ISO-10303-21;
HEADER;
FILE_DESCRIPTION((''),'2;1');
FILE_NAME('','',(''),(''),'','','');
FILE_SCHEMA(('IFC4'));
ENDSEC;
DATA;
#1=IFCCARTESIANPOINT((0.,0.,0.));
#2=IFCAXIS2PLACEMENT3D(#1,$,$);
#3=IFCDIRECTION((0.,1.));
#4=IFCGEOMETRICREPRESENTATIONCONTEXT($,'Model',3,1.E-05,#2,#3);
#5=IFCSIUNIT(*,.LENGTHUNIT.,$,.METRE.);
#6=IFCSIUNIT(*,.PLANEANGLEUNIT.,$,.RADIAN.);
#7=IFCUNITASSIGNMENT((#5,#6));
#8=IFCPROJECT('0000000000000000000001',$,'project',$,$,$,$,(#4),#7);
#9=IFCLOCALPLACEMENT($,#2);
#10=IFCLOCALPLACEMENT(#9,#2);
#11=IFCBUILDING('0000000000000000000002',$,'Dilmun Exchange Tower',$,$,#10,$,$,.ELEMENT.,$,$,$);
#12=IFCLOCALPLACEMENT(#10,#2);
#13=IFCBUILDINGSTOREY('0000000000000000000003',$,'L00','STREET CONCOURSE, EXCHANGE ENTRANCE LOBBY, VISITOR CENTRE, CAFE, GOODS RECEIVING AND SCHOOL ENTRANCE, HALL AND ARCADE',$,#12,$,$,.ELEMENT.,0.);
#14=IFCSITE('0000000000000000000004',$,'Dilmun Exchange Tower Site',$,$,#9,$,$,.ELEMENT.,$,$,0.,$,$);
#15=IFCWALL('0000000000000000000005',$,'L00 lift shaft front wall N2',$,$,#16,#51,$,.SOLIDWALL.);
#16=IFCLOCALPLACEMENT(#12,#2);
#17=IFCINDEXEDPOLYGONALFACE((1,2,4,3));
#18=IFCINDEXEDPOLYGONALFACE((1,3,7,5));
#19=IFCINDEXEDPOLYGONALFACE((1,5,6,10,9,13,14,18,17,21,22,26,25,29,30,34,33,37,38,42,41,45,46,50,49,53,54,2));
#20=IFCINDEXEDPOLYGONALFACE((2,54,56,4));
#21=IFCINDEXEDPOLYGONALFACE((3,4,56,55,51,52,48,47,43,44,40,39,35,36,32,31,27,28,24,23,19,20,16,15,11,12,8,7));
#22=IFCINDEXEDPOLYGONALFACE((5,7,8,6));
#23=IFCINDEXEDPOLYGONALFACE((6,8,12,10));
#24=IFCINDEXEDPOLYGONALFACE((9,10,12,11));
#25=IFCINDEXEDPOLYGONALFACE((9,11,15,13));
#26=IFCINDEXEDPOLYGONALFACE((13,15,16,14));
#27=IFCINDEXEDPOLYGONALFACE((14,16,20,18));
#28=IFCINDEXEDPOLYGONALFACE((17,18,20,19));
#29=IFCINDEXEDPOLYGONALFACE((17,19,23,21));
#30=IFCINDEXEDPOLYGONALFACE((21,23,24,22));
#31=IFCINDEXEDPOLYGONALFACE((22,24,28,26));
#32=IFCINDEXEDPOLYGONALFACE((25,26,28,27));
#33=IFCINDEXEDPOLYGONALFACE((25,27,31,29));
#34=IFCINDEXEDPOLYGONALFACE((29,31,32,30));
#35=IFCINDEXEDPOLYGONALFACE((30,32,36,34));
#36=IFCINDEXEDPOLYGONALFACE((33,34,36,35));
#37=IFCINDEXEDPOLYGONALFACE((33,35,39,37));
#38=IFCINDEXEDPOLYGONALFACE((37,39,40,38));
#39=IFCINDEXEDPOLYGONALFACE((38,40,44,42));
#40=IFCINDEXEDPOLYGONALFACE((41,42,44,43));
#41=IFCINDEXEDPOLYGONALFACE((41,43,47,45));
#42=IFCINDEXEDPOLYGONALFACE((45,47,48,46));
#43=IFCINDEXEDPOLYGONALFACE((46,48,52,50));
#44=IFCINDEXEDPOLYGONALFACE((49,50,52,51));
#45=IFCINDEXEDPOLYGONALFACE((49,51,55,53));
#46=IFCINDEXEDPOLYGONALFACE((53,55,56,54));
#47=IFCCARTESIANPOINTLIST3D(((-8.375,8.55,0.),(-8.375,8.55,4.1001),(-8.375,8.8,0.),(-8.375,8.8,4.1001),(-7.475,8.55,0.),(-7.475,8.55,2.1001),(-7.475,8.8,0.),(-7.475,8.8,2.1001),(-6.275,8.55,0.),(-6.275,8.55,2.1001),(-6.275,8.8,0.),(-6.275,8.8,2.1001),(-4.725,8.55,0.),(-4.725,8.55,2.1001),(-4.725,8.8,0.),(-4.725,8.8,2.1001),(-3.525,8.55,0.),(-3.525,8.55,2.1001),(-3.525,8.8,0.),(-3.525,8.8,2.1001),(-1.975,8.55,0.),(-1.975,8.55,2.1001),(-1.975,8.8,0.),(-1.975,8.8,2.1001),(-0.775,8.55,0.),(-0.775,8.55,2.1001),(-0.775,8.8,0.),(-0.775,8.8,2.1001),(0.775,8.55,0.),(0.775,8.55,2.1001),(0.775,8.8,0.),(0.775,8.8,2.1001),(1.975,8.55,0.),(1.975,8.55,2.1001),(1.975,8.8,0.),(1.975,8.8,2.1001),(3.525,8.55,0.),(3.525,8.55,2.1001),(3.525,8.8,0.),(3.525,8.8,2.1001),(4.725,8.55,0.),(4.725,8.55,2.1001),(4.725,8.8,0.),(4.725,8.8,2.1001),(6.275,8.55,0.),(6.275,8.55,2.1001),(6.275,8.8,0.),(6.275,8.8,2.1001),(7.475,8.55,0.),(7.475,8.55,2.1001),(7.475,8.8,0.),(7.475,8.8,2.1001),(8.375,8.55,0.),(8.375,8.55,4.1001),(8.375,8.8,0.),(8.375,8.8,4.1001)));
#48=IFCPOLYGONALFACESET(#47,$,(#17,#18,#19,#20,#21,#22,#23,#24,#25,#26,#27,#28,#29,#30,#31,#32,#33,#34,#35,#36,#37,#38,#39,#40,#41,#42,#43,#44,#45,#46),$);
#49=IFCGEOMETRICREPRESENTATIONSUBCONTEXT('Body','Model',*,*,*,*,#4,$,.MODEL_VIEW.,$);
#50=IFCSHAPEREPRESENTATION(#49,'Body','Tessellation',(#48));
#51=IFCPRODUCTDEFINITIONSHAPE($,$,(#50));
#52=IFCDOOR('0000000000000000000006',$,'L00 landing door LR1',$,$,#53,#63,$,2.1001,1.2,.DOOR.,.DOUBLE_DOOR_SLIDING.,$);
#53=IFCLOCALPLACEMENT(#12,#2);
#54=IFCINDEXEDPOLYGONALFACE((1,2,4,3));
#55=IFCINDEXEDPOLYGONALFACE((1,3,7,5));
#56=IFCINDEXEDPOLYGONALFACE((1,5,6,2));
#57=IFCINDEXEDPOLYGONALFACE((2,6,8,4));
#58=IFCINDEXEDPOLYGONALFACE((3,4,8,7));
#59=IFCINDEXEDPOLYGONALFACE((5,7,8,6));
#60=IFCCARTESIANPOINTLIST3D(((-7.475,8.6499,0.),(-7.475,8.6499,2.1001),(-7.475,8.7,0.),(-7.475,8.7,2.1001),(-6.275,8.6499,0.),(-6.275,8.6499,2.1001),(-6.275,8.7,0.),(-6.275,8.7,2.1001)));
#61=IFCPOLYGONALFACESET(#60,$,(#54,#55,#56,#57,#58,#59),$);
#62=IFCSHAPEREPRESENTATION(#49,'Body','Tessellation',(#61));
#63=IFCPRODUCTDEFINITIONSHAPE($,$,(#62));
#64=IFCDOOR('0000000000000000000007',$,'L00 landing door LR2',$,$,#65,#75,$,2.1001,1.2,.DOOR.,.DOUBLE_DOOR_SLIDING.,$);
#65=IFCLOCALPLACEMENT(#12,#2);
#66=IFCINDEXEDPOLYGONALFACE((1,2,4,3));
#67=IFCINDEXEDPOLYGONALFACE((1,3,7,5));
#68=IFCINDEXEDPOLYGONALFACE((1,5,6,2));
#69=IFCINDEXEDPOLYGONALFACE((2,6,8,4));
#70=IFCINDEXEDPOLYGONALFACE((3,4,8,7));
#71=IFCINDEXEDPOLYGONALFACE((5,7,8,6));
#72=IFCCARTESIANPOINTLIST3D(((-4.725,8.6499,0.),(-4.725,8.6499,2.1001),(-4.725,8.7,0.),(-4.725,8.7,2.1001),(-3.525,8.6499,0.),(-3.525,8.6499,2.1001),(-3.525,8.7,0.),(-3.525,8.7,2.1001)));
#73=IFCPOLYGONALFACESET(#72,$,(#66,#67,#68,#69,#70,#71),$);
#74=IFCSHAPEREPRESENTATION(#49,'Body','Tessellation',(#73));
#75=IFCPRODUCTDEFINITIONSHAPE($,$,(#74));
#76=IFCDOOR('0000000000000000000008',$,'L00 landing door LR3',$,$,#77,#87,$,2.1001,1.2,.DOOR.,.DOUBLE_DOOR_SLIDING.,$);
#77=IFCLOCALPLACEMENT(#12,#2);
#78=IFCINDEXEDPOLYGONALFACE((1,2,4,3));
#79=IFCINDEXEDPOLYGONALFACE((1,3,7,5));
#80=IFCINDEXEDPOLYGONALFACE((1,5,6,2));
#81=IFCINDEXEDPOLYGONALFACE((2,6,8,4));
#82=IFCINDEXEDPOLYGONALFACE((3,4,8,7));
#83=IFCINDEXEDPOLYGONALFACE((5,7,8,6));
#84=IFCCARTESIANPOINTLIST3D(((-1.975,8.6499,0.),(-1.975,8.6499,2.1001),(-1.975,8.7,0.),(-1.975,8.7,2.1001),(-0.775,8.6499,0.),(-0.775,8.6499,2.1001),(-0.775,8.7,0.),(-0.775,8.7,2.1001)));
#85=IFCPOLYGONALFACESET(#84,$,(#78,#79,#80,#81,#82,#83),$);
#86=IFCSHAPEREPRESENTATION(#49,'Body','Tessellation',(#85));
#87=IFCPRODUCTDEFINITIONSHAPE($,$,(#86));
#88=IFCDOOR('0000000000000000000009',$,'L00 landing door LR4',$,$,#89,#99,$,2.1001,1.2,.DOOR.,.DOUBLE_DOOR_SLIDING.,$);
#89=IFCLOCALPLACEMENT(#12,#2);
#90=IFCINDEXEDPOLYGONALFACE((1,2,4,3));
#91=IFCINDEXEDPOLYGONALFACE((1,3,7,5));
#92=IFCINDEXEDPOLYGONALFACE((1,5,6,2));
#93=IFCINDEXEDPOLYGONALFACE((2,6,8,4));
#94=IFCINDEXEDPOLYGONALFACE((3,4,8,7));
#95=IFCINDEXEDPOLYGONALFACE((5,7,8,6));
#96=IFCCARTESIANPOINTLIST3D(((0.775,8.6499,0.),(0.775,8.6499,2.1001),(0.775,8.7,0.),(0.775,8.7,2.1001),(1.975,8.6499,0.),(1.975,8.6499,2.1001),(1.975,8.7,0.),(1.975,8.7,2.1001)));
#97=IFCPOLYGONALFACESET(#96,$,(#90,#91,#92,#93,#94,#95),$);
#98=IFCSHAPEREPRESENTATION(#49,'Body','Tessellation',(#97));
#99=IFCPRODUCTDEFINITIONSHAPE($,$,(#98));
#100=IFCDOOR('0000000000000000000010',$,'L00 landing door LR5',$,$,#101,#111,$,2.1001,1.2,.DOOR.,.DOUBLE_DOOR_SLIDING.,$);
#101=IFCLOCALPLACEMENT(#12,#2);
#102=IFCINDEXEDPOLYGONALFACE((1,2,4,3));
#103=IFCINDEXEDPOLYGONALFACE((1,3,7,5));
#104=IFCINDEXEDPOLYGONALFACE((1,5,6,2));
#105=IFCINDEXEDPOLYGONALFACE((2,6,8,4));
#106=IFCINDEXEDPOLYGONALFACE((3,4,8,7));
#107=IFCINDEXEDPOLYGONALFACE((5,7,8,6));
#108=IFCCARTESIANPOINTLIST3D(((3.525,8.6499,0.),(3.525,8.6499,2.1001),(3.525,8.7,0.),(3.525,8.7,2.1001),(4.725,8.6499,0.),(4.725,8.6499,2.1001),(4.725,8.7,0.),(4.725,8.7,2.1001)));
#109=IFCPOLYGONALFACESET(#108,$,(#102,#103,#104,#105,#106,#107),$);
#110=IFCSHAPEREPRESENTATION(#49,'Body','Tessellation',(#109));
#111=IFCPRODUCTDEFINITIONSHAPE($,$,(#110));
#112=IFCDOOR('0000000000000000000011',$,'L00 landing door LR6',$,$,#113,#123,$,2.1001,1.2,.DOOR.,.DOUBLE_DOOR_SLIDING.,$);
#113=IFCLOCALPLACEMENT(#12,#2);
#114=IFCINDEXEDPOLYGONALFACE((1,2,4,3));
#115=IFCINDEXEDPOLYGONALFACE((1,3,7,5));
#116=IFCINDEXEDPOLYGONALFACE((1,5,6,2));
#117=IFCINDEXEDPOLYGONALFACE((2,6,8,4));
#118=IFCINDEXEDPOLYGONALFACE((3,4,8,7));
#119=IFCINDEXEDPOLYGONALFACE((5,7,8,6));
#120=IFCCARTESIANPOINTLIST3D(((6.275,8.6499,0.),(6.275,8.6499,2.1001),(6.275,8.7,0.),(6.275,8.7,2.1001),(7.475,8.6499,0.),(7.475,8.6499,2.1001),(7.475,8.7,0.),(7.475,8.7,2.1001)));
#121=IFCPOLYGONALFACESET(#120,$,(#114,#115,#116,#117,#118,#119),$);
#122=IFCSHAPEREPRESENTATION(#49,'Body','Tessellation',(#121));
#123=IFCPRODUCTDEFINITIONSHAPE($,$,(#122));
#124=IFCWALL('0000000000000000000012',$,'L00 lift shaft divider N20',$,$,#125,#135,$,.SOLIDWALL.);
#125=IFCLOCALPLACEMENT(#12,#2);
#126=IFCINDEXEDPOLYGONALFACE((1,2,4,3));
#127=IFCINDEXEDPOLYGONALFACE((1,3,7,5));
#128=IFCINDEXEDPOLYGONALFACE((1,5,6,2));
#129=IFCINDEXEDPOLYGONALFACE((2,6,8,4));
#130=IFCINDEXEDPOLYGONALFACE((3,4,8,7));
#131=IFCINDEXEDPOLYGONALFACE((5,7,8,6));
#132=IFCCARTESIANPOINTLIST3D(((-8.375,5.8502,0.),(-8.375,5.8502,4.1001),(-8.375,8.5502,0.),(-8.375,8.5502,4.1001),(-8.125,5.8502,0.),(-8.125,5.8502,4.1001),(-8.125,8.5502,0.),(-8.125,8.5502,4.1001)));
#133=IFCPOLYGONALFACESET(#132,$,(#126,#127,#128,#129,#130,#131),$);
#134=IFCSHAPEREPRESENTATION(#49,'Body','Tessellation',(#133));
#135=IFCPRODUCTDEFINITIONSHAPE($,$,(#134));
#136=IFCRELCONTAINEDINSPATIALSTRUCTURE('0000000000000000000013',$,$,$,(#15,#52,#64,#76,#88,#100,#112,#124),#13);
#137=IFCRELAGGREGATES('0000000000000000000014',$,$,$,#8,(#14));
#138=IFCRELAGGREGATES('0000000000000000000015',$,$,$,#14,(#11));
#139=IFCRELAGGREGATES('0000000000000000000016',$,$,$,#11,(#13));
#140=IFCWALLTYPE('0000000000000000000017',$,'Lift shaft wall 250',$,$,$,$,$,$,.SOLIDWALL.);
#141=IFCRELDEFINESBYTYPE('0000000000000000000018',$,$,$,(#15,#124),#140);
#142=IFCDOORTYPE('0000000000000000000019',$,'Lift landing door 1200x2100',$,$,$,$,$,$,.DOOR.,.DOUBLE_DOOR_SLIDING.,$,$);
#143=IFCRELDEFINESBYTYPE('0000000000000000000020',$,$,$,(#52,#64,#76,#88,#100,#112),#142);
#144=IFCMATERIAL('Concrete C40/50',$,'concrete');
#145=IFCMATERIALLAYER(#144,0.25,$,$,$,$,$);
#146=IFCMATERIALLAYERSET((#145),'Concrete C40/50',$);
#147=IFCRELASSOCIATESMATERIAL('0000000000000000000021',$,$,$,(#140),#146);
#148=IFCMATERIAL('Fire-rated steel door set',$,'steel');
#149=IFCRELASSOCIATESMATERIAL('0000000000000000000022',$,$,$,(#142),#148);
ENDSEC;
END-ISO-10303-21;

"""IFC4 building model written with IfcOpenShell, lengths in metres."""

from ifc_helpers import new_model, si_unit, direction, frame, frame_2d, origin, place, context, subcontext, project, spatial, rectangle, extrude, material, layer, layer_set, type_object, element, fill, save


model = new_model("IFC4")

# Units and contexts
model_context = context("Model", 3, precision=1e-05, world=origin(), true_north=direction((0.0, 1.0)))
body_context = subcontext(model_context, "Body", "Model", "MODEL_VIEW")
ifc_project = project(units=[si_unit("LENGTHUNIT", "METRE"), si_unit("PLANEANGLEUNIT", "RADIAN")], contexts=[model_context])

# Site, building, storey
site_placement = place(None, origin())
site = spatial("IfcSite", under=ifc_project, at=site_placement, Name="Dilmun Exchange Tower Site", CompositionType="ELEMENT", RefElevation=0.0)
building_placement = place(site_placement, origin())
building = spatial("IfcBuilding", under=site, at=building_placement, Name="Dilmun Exchange Tower", CompositionType="ELEMENT")
storey_placement = place(building_placement, origin())
storey = spatial("IfcBuildingStorey", under=building, at=storey_placement, Name="L00", Description="STREET CONCOURSE, EXCHANGE ENTRANCE LOBBY, VISITOR CENTRE, CAFE, GOODS RECEIVING AND SCHOOL ENTRANCE, HALL AND ARCADE", CompositionType="ELEMENT", Elevation=0.0)

# Shared definitions
ifc_material_1 = material(Name="Concrete C40/50", Category="concrete")

# Shared definitions
ifc_material_2 = material(Name="Fire-rated steel door set", Category="steel")

# Wall, openings, doors
ifc_layer_1 = layer(ifc_material_1, 0.25)
ifc_layer_set_1 = layer_set([ifc_layer_1], Name="Concrete C40/50")
wall_type_1 = type_object("IfcWallType", Name="Lift shaft wall 250", PredefinedType="SOLIDWALL", material=ifc_layer_set_1)
wall_1_placement = place(storey_placement, frame((-8.375, 8.675, 0.0), z_axis=(0.0, 0.0, 1.0), x_axis=(1.0, 0.0, 0.0)))
wall_1 = element("IfcWall", 1, at=wall_1_placement, inside=storey, type_object=wall_type_1, Name="L00 lift shaft front wall N2", PredefinedType="SOLIDWALL", context=body_context, shape_type="SweptSolid", body=[
    extrude(rectangle(XDim=16.75, YDim=0.25, at=frame_2d((8.375, 0.0))), origin(), (0.0, 0.0, 1.0), 4.1001),
])
opening_1_placement = place(wall_1_placement, frame((0.8999, 0.0, 0.0)))
opening_1 = element("IfcOpeningElement", 2, at=opening_1_placement, cuts=wall_1, PredefinedType="OPENING", context=body_context, shape_type="SweptSolid", body=[
    extrude(rectangle(XDim=1.2, YDim=2.1001, at=frame_2d((0.6001, 1.05))), frame((0.0, 0.135, 0.0), z_axis=(0.0, -1.0, 0.0), x_axis=(1.0, 0.0, 0.0)), (0.0, 0.0, 1.0), 0.27),
])
opening_2_placement = place(wall_1_placement, frame((3.6499, 0.0, 0.0)))
opening_2 = element("IfcOpeningElement", 3, at=opening_2_placement, cuts=wall_1, PredefinedType="OPENING", context=body_context, shape_type="SweptSolid", body=[
    extrude(rectangle(XDim=1.2, YDim=2.1001, at=frame_2d((0.6001, 1.05))), frame((0.0, 0.135, 0.0), z_axis=(0.0, -1.0, 0.0), x_axis=(1.0, 0.0, 0.0)), (0.0, 0.0, 1.0), 0.27),
])
opening_3_placement = place(wall_1_placement, frame((6.3999, 0.0, 0.0)))
opening_3 = element("IfcOpeningElement", 4, at=opening_3_placement, cuts=wall_1, PredefinedType="OPENING", context=body_context, shape_type="SweptSolid", body=[
    extrude(rectangle(XDim=1.2, YDim=2.1001, at=frame_2d((0.6001, 1.05))), frame((0.0, 0.135, 0.0), z_axis=(0.0, -1.0, 0.0), x_axis=(1.0, 0.0, 0.0)), (0.0, 0.0, 1.0), 0.27),
])
opening_4_placement = place(wall_1_placement, frame((9.1499, 0.0, 0.0)))
opening_4 = element("IfcOpeningElement", 5, at=opening_4_placement, cuts=wall_1, PredefinedType="OPENING", context=body_context, shape_type="SweptSolid", body=[
    extrude(rectangle(XDim=1.2, YDim=2.1001, at=frame_2d((0.6001, 1.05))), frame((0.0, 0.135, 0.0), z_axis=(0.0, -1.0, 0.0), x_axis=(1.0, 0.0, 0.0)), (0.0, 0.0, 1.0), 0.27),
])
opening_5_placement = place(wall_1_placement, frame((11.8999, 0.0, 0.0)))
opening_5 = element("IfcOpeningElement", 6, at=opening_5_placement, cuts=wall_1, PredefinedType="OPENING", context=body_context, shape_type="SweptSolid", body=[
    extrude(rectangle(XDim=1.2, YDim=2.1001, at=frame_2d((0.6001, 1.05))), frame((0.0, 0.135, 0.0), z_axis=(0.0, -1.0, 0.0), x_axis=(1.0, 0.0, 0.0)), (0.0, 0.0, 1.0), 0.27),
])
opening_6_placement = place(wall_1_placement, frame((14.6499, 0.0, 0.0)))
opening_6 = element("IfcOpeningElement", 7, at=opening_6_placement, cuts=wall_1, PredefinedType="OPENING", context=body_context, shape_type="SweptSolid", body=[
    extrude(rectangle(XDim=1.2, YDim=2.1001, at=frame_2d((0.6001, 1.05))), frame((0.0, 0.135, 0.0), z_axis=(0.0, -1.0, 0.0), x_axis=(1.0, 0.0, 0.0)), (0.0, 0.0, 1.0), 0.27),
])
door_type_1 = type_object("IfcDoorType", Name="Lift landing door 1200x2100", OperationType="DOUBLE_DOOR_SLIDING", PredefinedType="DOOR", material=ifc_material_2)
door_1_placement = place(opening_1_placement, origin())
door_1 = element("IfcDoor", 8, at=door_1_placement, inside=storey, type_object=door_type_1, Name="L00 landing door LR1", OperationType="DOUBLE_DOOR_SLIDING", OverallHeight=2.1001, OverallWidth=1.2, PredefinedType="DOOR", context=body_context, shape_type="SweptSolid", body=[
    extrude(rectangle(XDim=1.2, YDim=2.1001, at=frame_2d((0.6001, 1.05))), frame((0.0, 0.0249, 0.0), z_axis=(0.0, -1.0, 0.0), x_axis=(1.0, 0.0, 0.0)), (0.0, 0.0, 1.0), 0.05),
])
fill(opening_1, door_1)
door_2_placement = place(opening_2_placement, origin())
door_2 = element("IfcDoor", 9, at=door_2_placement, inside=storey, type_object=door_type_1, Name="L00 landing door LR2", OperationType="DOUBLE_DOOR_SLIDING", OverallHeight=2.1001, OverallWidth=1.2, PredefinedType="DOOR", context=body_context, shape_type="SweptSolid", body=[
    extrude(rectangle(XDim=1.2, YDim=2.1001, at=frame_2d((0.6001, 1.05))), frame((0.0, 0.0249, 0.0), z_axis=(0.0, -1.0, 0.0), x_axis=(1.0, 0.0, 0.0)), (0.0, 0.0, 1.0), 0.05),
])
fill(opening_2, door_2)
door_3_placement = place(opening_3_placement, origin())
door_3 = element("IfcDoor", 10, at=door_3_placement, inside=storey, type_object=door_type_1, Name="L00 landing door LR3", OperationType="DOUBLE_DOOR_SLIDING", OverallHeight=2.1001, OverallWidth=1.2, PredefinedType="DOOR", context=body_context, shape_type="SweptSolid", body=[
    extrude(rectangle(XDim=1.2, YDim=2.1001, at=frame_2d((0.6001, 1.05))), frame((0.0, 0.0249, 0.0), z_axis=(0.0, -1.0, 0.0), x_axis=(1.0, 0.0, 0.0)), (0.0, 0.0, 1.0), 0.05),
])
fill(opening_3, door_3)
door_4_placement = place(opening_4_placement, origin())
door_4 = element("IfcDoor", 11, at=door_4_placement, inside=storey, type_object=door_type_1, Name="L00 landing door LR4", OperationType="DOUBLE_DOOR_SLIDING", OverallHeight=2.1001, OverallWidth=1.2, PredefinedType="DOOR", context=body_context, shape_type="SweptSolid", body=[
    extrude(rectangle(XDim=1.2, YDim=2.1001, at=frame_2d((0.6001, 1.05))), frame((0.0, 0.0249, 0.0), z_axis=(0.0, -1.0, 0.0), x_axis=(1.0, 0.0, 0.0)), (0.0, 0.0, 1.0), 0.05),
])
fill(opening_4, door_4)
door_5_placement = place(opening_5_placement, origin())
door_5 = element("IfcDoor", 12, at=door_5_placement, inside=storey, type_object=door_type_1, Name="L00 landing door LR5", OperationType="DOUBLE_DOOR_SLIDING", OverallHeight=2.1001, OverallWidth=1.2, PredefinedType="DOOR", context=body_context, shape_type="SweptSolid", body=[
    extrude(rectangle(XDim=1.2, YDim=2.1001, at=frame_2d((0.6001, 1.05))), frame((0.0, 0.0249, 0.0), z_axis=(0.0, -1.0, 0.0), x_axis=(1.0, 0.0, 0.0)), (0.0, 0.0, 1.0), 0.05),
])
fill(opening_5, door_5)
door_6_placement = place(opening_6_placement, origin())
door_6 = element("IfcDoor", 13, at=door_6_placement, inside=storey, type_object=door_type_1, Name="L00 landing door LR6", OperationType="DOUBLE_DOOR_SLIDING", OverallHeight=2.1001, OverallWidth=1.2, PredefinedType="DOOR", context=body_context, shape_type="SweptSolid", body=[
    extrude(rectangle(XDim=1.2, YDim=2.1001, at=frame_2d((0.6001, 1.05))), frame((0.0, 0.0249, 0.0), z_axis=(0.0, -1.0, 0.0), x_axis=(1.0, 0.0, 0.0)), (0.0, 0.0, 1.0), 0.05),
])
fill(opening_6, door_6)

# Wall
wall_2_placement = place(storey_placement, frame((-8.25, 5.8501, 0.0), z_axis=(0.0, 0.0, 1.0), x_axis=(0.0, 1.0, 0.0)))
element("IfcWall", 14, at=wall_2_placement, inside=storey, type_object=wall_type_1, Name="L00 lift shaft divider N20", PredefinedType="SOLIDWALL", context=body_context, shape_type="SweptSolid", body=[
    extrude(rectangle(XDim=2.7, YDim=0.25, at=frame_2d((1.3501, 0.0))), origin(), (0.0, 0.0, 1.0), 4.1001),
])

save(model, "model.ifc")
